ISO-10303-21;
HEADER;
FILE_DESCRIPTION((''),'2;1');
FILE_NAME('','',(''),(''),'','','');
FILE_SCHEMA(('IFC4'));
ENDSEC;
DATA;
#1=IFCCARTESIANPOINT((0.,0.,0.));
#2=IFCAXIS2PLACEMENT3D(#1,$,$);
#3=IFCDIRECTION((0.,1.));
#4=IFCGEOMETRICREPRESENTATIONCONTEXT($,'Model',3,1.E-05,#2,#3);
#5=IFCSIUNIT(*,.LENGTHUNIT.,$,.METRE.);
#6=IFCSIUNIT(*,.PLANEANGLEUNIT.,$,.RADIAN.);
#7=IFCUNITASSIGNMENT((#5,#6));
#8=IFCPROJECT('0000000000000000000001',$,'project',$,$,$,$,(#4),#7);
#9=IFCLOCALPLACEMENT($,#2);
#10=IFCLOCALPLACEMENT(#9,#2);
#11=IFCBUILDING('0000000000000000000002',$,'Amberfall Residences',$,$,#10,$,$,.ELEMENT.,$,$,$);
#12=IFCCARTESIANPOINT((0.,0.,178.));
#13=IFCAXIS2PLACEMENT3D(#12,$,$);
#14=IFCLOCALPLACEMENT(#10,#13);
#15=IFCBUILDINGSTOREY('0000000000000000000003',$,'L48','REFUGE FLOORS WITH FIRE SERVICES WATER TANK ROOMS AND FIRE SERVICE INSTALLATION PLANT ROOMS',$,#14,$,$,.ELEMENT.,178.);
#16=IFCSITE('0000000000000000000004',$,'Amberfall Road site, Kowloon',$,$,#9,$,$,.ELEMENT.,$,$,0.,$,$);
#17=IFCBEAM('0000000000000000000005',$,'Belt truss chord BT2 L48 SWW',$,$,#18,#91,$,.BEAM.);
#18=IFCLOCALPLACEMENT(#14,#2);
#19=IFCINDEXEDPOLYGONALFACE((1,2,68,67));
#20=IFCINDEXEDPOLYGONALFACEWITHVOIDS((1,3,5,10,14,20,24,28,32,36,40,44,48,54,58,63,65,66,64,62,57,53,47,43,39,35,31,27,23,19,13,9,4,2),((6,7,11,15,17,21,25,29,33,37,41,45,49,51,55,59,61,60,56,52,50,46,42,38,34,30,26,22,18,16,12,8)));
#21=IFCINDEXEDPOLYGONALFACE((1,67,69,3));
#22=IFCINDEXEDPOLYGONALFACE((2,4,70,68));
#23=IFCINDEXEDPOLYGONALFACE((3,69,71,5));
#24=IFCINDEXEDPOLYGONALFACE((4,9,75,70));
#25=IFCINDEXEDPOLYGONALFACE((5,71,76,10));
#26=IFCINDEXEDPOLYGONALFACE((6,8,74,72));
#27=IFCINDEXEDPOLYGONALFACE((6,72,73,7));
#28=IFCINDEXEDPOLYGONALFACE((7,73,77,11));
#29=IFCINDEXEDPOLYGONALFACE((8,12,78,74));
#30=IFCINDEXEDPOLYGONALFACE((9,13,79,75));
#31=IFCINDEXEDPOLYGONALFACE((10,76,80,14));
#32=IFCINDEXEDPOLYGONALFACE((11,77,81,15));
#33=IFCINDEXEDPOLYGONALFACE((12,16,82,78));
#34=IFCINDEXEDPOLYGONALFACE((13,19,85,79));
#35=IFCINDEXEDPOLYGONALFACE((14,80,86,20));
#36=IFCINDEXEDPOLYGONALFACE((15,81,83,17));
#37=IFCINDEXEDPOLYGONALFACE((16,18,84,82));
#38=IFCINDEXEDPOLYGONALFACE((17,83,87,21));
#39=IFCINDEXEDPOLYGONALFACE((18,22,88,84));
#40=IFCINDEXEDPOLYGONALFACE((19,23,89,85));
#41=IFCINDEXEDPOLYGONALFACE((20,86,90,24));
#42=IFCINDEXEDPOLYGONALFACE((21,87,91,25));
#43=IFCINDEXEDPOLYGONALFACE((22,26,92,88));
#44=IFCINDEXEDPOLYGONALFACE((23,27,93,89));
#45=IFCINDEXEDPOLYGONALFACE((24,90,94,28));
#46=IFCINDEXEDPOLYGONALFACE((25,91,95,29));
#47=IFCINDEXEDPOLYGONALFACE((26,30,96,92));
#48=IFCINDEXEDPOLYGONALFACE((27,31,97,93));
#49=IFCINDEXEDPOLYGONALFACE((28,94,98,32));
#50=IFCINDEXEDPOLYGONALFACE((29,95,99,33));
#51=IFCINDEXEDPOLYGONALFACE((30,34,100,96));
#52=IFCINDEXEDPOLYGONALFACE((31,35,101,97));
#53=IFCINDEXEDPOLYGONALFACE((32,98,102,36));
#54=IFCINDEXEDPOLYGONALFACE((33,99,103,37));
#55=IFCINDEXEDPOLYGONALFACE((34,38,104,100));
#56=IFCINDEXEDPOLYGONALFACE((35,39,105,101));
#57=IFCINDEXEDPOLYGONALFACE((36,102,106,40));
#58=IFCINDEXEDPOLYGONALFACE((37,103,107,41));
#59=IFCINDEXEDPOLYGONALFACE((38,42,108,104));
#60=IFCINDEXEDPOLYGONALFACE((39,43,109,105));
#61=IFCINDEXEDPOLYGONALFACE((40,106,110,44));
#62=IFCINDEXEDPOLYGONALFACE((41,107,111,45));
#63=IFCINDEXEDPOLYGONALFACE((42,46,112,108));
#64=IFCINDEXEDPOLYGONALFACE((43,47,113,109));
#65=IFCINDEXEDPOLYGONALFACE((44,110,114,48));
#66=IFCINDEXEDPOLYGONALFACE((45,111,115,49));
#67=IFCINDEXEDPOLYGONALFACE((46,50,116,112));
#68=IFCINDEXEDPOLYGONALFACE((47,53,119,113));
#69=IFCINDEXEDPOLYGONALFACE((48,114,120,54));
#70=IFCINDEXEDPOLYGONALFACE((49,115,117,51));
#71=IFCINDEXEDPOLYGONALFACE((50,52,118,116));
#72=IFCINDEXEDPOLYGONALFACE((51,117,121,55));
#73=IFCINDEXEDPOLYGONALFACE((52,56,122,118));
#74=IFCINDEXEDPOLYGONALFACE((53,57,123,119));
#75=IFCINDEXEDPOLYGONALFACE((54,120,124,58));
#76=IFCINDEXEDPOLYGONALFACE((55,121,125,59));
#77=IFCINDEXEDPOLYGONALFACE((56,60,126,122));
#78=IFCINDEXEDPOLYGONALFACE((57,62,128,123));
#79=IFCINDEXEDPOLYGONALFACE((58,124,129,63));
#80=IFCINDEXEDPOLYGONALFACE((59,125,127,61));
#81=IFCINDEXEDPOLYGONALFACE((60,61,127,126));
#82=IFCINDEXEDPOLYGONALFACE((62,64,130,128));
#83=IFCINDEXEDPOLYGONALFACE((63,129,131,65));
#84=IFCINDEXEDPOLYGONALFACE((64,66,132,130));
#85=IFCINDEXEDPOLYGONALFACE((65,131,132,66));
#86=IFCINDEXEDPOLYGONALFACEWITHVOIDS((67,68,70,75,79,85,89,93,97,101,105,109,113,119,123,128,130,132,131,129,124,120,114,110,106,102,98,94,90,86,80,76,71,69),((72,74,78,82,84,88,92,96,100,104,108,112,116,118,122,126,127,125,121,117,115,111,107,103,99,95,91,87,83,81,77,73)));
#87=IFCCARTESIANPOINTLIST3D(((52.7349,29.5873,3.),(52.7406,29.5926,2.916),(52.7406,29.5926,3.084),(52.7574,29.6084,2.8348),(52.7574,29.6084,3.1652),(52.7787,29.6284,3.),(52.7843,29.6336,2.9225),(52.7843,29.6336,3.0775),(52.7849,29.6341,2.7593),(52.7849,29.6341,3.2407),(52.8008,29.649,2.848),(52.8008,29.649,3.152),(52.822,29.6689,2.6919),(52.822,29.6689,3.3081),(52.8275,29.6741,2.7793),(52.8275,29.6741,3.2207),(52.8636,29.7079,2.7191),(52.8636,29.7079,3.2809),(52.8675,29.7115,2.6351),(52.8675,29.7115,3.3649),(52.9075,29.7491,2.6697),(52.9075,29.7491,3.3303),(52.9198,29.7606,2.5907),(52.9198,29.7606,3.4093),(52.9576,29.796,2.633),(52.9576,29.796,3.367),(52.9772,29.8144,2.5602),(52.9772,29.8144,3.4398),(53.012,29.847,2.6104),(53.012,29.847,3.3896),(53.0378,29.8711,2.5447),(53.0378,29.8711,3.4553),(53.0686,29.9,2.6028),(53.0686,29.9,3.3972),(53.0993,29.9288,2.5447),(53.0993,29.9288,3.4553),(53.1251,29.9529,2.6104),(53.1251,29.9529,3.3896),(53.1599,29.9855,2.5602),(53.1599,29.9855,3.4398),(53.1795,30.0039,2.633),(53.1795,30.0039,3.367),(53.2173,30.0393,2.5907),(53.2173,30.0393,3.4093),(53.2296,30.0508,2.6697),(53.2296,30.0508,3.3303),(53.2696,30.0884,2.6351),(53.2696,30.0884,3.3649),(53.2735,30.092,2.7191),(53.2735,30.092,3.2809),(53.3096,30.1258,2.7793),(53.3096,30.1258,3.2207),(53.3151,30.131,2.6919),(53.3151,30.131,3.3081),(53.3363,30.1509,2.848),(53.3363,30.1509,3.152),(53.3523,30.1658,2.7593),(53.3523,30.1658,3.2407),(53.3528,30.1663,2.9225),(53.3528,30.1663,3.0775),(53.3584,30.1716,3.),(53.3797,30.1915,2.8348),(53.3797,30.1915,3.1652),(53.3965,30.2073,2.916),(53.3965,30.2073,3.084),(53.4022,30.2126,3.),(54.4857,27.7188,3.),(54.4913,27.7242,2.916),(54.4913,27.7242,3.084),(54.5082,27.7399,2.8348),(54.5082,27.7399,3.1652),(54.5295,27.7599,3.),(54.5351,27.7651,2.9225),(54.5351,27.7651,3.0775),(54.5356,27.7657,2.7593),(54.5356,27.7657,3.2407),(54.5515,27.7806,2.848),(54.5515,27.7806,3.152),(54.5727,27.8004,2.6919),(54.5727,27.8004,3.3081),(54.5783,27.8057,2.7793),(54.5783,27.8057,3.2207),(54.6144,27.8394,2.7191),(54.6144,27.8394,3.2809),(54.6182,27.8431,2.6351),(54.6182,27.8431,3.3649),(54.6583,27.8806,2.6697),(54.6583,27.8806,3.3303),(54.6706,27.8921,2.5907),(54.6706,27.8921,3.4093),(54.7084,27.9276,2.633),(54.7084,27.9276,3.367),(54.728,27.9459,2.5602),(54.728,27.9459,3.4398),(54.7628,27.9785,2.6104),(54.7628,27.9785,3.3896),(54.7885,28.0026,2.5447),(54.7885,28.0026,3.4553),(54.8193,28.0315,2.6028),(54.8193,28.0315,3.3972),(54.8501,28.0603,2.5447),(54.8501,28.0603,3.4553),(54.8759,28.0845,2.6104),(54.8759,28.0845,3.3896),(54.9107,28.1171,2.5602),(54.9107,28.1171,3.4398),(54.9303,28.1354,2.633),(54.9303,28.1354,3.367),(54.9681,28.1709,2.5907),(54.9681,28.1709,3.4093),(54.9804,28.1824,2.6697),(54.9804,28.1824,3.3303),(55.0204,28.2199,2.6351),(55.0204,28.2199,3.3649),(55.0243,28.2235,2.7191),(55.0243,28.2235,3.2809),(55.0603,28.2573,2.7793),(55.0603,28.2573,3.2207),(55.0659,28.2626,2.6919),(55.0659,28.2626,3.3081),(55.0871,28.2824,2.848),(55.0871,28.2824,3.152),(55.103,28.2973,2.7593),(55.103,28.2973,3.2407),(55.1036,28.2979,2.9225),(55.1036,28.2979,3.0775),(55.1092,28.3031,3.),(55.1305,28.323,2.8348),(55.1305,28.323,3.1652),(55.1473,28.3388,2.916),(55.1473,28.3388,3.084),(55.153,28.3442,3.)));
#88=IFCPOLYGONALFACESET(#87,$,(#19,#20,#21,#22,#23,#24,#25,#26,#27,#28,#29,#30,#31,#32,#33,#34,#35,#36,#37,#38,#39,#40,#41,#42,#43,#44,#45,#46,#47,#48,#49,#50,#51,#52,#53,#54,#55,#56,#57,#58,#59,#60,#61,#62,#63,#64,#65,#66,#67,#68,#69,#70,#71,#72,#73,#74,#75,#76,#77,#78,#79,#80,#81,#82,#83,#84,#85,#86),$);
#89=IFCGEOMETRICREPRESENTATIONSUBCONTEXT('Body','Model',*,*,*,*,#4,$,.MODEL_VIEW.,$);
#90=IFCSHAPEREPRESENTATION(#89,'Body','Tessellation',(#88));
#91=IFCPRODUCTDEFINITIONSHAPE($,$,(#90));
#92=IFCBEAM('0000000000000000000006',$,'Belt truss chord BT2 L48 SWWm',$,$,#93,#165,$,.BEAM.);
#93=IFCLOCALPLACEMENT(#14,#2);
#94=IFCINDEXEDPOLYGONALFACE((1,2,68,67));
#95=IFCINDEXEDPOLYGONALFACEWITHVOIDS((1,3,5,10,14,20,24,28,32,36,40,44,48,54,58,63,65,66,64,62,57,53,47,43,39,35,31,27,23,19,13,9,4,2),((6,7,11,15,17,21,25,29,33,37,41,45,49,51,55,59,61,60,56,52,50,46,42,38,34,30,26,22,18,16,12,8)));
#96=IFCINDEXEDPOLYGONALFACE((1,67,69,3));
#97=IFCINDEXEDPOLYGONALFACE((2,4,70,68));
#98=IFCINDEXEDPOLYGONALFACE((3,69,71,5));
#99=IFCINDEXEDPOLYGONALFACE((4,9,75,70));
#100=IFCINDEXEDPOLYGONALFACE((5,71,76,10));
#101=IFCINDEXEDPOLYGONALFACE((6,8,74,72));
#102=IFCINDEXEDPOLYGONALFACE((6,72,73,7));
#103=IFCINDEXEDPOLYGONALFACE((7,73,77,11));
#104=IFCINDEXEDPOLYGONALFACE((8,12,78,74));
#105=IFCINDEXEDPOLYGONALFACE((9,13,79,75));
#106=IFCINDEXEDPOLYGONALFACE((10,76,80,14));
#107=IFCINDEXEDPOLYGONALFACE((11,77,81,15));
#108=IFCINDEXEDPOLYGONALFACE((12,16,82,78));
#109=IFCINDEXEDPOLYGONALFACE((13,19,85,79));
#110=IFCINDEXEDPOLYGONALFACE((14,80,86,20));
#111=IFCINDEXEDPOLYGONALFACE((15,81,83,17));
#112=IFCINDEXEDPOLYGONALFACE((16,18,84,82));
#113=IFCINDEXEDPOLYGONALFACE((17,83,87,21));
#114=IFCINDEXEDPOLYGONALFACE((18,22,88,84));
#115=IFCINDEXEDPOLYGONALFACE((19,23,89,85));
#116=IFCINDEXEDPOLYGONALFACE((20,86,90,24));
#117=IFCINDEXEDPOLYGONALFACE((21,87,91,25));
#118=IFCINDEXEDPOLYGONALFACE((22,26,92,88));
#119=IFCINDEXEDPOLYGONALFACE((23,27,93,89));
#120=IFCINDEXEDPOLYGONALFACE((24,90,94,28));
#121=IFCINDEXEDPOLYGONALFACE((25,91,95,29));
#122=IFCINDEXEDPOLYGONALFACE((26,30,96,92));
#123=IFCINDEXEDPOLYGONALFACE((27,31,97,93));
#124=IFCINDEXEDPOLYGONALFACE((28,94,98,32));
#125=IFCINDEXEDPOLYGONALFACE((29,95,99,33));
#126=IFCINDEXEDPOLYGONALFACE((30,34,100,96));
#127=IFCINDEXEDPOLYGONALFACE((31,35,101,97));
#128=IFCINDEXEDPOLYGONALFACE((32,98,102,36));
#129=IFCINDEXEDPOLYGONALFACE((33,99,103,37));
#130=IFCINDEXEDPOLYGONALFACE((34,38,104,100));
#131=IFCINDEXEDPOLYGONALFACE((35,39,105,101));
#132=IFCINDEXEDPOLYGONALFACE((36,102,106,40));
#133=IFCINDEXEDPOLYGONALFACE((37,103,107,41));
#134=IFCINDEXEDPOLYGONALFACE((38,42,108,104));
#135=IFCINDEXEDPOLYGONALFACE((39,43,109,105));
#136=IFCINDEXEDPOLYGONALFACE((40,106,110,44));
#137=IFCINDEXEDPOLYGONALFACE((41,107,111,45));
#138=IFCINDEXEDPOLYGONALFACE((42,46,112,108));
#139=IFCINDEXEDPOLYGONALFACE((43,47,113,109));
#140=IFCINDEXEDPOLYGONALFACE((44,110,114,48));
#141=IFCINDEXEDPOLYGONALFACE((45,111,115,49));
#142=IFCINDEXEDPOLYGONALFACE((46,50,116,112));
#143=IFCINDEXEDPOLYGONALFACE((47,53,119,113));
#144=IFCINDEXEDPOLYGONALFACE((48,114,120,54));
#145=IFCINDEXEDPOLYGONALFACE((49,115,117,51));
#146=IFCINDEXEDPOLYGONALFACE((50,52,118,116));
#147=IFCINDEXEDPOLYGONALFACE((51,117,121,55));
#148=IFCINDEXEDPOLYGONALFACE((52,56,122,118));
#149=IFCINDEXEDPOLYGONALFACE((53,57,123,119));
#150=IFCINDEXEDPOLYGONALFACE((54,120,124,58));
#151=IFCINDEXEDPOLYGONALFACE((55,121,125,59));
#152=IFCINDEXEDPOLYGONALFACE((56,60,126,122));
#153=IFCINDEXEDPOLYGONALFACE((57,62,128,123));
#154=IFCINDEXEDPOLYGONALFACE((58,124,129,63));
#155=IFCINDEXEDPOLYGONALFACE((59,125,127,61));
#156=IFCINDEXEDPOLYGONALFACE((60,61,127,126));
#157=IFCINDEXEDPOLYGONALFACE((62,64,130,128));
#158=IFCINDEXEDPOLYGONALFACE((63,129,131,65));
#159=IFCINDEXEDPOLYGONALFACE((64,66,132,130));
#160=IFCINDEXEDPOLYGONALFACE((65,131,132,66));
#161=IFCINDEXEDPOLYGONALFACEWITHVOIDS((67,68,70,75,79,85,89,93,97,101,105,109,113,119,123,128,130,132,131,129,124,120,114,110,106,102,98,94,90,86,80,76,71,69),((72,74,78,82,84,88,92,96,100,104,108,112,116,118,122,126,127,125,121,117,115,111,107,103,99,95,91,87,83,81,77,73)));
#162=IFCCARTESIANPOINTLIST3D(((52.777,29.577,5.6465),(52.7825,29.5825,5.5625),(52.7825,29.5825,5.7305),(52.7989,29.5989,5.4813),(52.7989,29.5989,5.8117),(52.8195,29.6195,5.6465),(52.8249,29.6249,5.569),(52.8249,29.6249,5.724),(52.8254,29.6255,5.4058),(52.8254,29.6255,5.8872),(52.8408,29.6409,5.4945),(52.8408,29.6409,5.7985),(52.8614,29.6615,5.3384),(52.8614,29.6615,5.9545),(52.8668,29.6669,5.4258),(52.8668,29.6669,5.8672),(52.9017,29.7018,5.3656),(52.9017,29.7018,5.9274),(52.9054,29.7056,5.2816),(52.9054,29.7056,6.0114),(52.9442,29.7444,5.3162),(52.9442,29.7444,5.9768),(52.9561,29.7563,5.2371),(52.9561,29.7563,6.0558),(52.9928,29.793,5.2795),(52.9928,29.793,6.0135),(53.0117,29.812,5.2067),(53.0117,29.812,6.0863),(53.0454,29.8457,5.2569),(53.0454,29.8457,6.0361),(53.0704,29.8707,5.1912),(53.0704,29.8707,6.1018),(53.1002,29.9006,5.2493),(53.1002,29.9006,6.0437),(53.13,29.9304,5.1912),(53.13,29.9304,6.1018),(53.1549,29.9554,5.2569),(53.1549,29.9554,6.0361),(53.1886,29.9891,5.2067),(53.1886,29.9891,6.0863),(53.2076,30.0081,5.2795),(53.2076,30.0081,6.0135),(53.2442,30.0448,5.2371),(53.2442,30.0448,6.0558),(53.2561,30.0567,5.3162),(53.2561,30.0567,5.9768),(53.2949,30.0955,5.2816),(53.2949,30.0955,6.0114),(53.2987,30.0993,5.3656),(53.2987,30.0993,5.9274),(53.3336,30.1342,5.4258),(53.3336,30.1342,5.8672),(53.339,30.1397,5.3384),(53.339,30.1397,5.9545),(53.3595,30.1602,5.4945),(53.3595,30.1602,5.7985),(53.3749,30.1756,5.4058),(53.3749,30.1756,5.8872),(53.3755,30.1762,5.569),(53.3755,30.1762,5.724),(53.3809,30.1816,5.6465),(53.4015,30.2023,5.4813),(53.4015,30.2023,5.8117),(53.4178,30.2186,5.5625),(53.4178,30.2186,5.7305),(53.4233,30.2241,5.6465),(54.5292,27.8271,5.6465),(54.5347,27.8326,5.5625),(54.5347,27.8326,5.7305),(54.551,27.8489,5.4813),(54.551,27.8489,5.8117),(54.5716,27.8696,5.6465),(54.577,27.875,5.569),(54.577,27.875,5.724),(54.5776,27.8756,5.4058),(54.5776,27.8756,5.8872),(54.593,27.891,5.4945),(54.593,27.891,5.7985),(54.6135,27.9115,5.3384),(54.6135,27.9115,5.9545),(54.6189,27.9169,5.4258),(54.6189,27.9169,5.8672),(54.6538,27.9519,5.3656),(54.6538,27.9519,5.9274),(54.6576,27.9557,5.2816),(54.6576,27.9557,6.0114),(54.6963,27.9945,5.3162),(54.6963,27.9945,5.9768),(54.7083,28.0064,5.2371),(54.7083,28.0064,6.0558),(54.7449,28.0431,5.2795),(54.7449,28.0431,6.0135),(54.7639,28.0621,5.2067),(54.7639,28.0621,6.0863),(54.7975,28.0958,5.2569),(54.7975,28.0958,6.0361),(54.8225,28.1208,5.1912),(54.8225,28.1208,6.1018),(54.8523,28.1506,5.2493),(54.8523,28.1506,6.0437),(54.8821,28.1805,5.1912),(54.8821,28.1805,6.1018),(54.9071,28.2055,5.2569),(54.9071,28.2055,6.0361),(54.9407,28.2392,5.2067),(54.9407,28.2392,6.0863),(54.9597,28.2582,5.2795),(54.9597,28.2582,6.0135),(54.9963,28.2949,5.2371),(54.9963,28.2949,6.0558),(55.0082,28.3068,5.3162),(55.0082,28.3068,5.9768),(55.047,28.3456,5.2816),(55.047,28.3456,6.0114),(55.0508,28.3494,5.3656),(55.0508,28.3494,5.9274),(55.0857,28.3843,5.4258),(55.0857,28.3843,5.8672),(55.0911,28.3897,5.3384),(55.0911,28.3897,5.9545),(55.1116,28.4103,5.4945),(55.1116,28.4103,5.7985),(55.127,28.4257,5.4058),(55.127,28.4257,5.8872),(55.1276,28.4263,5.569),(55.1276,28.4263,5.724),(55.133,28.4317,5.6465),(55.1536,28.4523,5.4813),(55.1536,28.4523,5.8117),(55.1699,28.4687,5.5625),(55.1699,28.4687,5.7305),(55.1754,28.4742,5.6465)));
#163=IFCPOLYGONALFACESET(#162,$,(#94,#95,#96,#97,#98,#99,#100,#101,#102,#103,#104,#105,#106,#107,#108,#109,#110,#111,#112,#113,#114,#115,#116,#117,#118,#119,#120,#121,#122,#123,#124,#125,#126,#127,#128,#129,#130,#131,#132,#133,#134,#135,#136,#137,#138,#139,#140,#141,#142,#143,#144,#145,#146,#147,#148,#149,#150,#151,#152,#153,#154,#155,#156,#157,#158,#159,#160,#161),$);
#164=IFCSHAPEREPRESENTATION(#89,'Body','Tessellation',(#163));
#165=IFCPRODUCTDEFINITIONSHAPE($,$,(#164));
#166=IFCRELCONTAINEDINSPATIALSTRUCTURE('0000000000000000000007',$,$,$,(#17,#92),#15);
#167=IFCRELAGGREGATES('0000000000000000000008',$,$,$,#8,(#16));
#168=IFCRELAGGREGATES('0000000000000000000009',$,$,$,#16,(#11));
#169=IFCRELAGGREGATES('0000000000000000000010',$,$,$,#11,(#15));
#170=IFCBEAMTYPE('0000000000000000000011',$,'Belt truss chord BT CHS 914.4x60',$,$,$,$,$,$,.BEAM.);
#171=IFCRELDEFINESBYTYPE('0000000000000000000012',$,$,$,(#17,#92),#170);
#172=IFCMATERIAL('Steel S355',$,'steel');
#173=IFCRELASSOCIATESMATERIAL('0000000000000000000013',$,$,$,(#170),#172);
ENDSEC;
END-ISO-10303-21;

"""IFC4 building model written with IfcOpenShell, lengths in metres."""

from ifc_helpers import new_model, si_unit, direction, frame, origin, origin_2d, place, context, subcontext, project, spatial, hollow_circle, extrude, material, material_profile, profile_set, type_object, element, save


model = new_model("IFC4")

# Units and contexts
model_context = context("Model", 3, precision=1e-05, world=origin(), true_north=direction((0.0, 1.0)))
body_context = subcontext(model_context, "Body", "Model", "MODEL_VIEW")
ifc_project = project(units=[si_unit("LENGTHUNIT", "METRE"), si_unit("PLANEANGLEUNIT", "RADIAN")], contexts=[model_context])

# Site, building, storey
site_placement = place(None, origin())
site = spatial("IfcSite", under=ifc_project, at=site_placement, Name="Amberfall Road site, Kowloon", CompositionType="ELEMENT", RefElevation=0.0)
building_placement = place(site_placement, origin())
building = spatial("IfcBuilding", under=site, at=building_placement, Name="Amberfall Residences", CompositionType="ELEMENT")
storey_placement = place(building_placement, frame((0.0, 0.0, 178.0)))
storey = spatial("IfcBuildingStorey", under=building, at=storey_placement, Name="L48", Description="REFUGE FLOORS WITH FIRE SERVICES WATER TANK ROOMS AND FIRE SERVICE INSTALLATION PLANT ROOMS", CompositionType="ELEMENT", Elevation=178.0)

# Beams
ifc_material_1 = material(Name="Steel S355", Category="steel")
ifc_material_profile_1 = material_profile(ifc_material_1, hollow_circle(Radius=0.4573, WallThickness=0.0601, at=origin_2d()), Name="CHS 914.4x60")
ifc_profile_set_1 = profile_set([ifc_material_profile_1], Name="Steel S355")
beam_type_1 = type_object("IfcBeamType", Name="Belt truss chord BT CHS 914.4x60", PredefinedType="BEAM", material=ifc_profile_set_1)
beam_1_placement = place(storey_placement, frame((54.8193, 28.0315, 3.0), z_axis=(-0.683754, 0.729713, 0.0), x_axis=(-0.729713, -0.683754, 0.0)))
element("IfcBeam", 1, at=beam_1_placement, inside=storey, type_object=beam_type_1, Name="Belt truss chord BT2 L48 SWW", PredefinedType="BEAM", context=body_context, shape_type="SweptSolid", body=[
    extrude(hollow_circle(Radius=0.4573, WallThickness=0.0601, at=origin_2d()), origin(), (0.0, 0.0, 1.0), 2.5605),
])
beam_2_placement = place(storey_placement, frame((54.8523, 28.1506, 5.6465), z_axis=(-0.70755, 0.706663, 0.0), x_axis=(-0.706663, -0.70755, 0.0)))
element("IfcBeam", 2, at=beam_2_placement, inside=storey, type_object=beam_type_1, Name="Belt truss chord BT2 L48 SWWm", PredefinedType="BEAM", context=body_context, shape_type="SweptSolid", body=[
    extrude(hollow_circle(Radius=0.4573, WallThickness=0.0601, at=origin_2d()), origin(), (0.0, 0.0, 1.0), 2.4763),
])

save(model, "model.ifc")
